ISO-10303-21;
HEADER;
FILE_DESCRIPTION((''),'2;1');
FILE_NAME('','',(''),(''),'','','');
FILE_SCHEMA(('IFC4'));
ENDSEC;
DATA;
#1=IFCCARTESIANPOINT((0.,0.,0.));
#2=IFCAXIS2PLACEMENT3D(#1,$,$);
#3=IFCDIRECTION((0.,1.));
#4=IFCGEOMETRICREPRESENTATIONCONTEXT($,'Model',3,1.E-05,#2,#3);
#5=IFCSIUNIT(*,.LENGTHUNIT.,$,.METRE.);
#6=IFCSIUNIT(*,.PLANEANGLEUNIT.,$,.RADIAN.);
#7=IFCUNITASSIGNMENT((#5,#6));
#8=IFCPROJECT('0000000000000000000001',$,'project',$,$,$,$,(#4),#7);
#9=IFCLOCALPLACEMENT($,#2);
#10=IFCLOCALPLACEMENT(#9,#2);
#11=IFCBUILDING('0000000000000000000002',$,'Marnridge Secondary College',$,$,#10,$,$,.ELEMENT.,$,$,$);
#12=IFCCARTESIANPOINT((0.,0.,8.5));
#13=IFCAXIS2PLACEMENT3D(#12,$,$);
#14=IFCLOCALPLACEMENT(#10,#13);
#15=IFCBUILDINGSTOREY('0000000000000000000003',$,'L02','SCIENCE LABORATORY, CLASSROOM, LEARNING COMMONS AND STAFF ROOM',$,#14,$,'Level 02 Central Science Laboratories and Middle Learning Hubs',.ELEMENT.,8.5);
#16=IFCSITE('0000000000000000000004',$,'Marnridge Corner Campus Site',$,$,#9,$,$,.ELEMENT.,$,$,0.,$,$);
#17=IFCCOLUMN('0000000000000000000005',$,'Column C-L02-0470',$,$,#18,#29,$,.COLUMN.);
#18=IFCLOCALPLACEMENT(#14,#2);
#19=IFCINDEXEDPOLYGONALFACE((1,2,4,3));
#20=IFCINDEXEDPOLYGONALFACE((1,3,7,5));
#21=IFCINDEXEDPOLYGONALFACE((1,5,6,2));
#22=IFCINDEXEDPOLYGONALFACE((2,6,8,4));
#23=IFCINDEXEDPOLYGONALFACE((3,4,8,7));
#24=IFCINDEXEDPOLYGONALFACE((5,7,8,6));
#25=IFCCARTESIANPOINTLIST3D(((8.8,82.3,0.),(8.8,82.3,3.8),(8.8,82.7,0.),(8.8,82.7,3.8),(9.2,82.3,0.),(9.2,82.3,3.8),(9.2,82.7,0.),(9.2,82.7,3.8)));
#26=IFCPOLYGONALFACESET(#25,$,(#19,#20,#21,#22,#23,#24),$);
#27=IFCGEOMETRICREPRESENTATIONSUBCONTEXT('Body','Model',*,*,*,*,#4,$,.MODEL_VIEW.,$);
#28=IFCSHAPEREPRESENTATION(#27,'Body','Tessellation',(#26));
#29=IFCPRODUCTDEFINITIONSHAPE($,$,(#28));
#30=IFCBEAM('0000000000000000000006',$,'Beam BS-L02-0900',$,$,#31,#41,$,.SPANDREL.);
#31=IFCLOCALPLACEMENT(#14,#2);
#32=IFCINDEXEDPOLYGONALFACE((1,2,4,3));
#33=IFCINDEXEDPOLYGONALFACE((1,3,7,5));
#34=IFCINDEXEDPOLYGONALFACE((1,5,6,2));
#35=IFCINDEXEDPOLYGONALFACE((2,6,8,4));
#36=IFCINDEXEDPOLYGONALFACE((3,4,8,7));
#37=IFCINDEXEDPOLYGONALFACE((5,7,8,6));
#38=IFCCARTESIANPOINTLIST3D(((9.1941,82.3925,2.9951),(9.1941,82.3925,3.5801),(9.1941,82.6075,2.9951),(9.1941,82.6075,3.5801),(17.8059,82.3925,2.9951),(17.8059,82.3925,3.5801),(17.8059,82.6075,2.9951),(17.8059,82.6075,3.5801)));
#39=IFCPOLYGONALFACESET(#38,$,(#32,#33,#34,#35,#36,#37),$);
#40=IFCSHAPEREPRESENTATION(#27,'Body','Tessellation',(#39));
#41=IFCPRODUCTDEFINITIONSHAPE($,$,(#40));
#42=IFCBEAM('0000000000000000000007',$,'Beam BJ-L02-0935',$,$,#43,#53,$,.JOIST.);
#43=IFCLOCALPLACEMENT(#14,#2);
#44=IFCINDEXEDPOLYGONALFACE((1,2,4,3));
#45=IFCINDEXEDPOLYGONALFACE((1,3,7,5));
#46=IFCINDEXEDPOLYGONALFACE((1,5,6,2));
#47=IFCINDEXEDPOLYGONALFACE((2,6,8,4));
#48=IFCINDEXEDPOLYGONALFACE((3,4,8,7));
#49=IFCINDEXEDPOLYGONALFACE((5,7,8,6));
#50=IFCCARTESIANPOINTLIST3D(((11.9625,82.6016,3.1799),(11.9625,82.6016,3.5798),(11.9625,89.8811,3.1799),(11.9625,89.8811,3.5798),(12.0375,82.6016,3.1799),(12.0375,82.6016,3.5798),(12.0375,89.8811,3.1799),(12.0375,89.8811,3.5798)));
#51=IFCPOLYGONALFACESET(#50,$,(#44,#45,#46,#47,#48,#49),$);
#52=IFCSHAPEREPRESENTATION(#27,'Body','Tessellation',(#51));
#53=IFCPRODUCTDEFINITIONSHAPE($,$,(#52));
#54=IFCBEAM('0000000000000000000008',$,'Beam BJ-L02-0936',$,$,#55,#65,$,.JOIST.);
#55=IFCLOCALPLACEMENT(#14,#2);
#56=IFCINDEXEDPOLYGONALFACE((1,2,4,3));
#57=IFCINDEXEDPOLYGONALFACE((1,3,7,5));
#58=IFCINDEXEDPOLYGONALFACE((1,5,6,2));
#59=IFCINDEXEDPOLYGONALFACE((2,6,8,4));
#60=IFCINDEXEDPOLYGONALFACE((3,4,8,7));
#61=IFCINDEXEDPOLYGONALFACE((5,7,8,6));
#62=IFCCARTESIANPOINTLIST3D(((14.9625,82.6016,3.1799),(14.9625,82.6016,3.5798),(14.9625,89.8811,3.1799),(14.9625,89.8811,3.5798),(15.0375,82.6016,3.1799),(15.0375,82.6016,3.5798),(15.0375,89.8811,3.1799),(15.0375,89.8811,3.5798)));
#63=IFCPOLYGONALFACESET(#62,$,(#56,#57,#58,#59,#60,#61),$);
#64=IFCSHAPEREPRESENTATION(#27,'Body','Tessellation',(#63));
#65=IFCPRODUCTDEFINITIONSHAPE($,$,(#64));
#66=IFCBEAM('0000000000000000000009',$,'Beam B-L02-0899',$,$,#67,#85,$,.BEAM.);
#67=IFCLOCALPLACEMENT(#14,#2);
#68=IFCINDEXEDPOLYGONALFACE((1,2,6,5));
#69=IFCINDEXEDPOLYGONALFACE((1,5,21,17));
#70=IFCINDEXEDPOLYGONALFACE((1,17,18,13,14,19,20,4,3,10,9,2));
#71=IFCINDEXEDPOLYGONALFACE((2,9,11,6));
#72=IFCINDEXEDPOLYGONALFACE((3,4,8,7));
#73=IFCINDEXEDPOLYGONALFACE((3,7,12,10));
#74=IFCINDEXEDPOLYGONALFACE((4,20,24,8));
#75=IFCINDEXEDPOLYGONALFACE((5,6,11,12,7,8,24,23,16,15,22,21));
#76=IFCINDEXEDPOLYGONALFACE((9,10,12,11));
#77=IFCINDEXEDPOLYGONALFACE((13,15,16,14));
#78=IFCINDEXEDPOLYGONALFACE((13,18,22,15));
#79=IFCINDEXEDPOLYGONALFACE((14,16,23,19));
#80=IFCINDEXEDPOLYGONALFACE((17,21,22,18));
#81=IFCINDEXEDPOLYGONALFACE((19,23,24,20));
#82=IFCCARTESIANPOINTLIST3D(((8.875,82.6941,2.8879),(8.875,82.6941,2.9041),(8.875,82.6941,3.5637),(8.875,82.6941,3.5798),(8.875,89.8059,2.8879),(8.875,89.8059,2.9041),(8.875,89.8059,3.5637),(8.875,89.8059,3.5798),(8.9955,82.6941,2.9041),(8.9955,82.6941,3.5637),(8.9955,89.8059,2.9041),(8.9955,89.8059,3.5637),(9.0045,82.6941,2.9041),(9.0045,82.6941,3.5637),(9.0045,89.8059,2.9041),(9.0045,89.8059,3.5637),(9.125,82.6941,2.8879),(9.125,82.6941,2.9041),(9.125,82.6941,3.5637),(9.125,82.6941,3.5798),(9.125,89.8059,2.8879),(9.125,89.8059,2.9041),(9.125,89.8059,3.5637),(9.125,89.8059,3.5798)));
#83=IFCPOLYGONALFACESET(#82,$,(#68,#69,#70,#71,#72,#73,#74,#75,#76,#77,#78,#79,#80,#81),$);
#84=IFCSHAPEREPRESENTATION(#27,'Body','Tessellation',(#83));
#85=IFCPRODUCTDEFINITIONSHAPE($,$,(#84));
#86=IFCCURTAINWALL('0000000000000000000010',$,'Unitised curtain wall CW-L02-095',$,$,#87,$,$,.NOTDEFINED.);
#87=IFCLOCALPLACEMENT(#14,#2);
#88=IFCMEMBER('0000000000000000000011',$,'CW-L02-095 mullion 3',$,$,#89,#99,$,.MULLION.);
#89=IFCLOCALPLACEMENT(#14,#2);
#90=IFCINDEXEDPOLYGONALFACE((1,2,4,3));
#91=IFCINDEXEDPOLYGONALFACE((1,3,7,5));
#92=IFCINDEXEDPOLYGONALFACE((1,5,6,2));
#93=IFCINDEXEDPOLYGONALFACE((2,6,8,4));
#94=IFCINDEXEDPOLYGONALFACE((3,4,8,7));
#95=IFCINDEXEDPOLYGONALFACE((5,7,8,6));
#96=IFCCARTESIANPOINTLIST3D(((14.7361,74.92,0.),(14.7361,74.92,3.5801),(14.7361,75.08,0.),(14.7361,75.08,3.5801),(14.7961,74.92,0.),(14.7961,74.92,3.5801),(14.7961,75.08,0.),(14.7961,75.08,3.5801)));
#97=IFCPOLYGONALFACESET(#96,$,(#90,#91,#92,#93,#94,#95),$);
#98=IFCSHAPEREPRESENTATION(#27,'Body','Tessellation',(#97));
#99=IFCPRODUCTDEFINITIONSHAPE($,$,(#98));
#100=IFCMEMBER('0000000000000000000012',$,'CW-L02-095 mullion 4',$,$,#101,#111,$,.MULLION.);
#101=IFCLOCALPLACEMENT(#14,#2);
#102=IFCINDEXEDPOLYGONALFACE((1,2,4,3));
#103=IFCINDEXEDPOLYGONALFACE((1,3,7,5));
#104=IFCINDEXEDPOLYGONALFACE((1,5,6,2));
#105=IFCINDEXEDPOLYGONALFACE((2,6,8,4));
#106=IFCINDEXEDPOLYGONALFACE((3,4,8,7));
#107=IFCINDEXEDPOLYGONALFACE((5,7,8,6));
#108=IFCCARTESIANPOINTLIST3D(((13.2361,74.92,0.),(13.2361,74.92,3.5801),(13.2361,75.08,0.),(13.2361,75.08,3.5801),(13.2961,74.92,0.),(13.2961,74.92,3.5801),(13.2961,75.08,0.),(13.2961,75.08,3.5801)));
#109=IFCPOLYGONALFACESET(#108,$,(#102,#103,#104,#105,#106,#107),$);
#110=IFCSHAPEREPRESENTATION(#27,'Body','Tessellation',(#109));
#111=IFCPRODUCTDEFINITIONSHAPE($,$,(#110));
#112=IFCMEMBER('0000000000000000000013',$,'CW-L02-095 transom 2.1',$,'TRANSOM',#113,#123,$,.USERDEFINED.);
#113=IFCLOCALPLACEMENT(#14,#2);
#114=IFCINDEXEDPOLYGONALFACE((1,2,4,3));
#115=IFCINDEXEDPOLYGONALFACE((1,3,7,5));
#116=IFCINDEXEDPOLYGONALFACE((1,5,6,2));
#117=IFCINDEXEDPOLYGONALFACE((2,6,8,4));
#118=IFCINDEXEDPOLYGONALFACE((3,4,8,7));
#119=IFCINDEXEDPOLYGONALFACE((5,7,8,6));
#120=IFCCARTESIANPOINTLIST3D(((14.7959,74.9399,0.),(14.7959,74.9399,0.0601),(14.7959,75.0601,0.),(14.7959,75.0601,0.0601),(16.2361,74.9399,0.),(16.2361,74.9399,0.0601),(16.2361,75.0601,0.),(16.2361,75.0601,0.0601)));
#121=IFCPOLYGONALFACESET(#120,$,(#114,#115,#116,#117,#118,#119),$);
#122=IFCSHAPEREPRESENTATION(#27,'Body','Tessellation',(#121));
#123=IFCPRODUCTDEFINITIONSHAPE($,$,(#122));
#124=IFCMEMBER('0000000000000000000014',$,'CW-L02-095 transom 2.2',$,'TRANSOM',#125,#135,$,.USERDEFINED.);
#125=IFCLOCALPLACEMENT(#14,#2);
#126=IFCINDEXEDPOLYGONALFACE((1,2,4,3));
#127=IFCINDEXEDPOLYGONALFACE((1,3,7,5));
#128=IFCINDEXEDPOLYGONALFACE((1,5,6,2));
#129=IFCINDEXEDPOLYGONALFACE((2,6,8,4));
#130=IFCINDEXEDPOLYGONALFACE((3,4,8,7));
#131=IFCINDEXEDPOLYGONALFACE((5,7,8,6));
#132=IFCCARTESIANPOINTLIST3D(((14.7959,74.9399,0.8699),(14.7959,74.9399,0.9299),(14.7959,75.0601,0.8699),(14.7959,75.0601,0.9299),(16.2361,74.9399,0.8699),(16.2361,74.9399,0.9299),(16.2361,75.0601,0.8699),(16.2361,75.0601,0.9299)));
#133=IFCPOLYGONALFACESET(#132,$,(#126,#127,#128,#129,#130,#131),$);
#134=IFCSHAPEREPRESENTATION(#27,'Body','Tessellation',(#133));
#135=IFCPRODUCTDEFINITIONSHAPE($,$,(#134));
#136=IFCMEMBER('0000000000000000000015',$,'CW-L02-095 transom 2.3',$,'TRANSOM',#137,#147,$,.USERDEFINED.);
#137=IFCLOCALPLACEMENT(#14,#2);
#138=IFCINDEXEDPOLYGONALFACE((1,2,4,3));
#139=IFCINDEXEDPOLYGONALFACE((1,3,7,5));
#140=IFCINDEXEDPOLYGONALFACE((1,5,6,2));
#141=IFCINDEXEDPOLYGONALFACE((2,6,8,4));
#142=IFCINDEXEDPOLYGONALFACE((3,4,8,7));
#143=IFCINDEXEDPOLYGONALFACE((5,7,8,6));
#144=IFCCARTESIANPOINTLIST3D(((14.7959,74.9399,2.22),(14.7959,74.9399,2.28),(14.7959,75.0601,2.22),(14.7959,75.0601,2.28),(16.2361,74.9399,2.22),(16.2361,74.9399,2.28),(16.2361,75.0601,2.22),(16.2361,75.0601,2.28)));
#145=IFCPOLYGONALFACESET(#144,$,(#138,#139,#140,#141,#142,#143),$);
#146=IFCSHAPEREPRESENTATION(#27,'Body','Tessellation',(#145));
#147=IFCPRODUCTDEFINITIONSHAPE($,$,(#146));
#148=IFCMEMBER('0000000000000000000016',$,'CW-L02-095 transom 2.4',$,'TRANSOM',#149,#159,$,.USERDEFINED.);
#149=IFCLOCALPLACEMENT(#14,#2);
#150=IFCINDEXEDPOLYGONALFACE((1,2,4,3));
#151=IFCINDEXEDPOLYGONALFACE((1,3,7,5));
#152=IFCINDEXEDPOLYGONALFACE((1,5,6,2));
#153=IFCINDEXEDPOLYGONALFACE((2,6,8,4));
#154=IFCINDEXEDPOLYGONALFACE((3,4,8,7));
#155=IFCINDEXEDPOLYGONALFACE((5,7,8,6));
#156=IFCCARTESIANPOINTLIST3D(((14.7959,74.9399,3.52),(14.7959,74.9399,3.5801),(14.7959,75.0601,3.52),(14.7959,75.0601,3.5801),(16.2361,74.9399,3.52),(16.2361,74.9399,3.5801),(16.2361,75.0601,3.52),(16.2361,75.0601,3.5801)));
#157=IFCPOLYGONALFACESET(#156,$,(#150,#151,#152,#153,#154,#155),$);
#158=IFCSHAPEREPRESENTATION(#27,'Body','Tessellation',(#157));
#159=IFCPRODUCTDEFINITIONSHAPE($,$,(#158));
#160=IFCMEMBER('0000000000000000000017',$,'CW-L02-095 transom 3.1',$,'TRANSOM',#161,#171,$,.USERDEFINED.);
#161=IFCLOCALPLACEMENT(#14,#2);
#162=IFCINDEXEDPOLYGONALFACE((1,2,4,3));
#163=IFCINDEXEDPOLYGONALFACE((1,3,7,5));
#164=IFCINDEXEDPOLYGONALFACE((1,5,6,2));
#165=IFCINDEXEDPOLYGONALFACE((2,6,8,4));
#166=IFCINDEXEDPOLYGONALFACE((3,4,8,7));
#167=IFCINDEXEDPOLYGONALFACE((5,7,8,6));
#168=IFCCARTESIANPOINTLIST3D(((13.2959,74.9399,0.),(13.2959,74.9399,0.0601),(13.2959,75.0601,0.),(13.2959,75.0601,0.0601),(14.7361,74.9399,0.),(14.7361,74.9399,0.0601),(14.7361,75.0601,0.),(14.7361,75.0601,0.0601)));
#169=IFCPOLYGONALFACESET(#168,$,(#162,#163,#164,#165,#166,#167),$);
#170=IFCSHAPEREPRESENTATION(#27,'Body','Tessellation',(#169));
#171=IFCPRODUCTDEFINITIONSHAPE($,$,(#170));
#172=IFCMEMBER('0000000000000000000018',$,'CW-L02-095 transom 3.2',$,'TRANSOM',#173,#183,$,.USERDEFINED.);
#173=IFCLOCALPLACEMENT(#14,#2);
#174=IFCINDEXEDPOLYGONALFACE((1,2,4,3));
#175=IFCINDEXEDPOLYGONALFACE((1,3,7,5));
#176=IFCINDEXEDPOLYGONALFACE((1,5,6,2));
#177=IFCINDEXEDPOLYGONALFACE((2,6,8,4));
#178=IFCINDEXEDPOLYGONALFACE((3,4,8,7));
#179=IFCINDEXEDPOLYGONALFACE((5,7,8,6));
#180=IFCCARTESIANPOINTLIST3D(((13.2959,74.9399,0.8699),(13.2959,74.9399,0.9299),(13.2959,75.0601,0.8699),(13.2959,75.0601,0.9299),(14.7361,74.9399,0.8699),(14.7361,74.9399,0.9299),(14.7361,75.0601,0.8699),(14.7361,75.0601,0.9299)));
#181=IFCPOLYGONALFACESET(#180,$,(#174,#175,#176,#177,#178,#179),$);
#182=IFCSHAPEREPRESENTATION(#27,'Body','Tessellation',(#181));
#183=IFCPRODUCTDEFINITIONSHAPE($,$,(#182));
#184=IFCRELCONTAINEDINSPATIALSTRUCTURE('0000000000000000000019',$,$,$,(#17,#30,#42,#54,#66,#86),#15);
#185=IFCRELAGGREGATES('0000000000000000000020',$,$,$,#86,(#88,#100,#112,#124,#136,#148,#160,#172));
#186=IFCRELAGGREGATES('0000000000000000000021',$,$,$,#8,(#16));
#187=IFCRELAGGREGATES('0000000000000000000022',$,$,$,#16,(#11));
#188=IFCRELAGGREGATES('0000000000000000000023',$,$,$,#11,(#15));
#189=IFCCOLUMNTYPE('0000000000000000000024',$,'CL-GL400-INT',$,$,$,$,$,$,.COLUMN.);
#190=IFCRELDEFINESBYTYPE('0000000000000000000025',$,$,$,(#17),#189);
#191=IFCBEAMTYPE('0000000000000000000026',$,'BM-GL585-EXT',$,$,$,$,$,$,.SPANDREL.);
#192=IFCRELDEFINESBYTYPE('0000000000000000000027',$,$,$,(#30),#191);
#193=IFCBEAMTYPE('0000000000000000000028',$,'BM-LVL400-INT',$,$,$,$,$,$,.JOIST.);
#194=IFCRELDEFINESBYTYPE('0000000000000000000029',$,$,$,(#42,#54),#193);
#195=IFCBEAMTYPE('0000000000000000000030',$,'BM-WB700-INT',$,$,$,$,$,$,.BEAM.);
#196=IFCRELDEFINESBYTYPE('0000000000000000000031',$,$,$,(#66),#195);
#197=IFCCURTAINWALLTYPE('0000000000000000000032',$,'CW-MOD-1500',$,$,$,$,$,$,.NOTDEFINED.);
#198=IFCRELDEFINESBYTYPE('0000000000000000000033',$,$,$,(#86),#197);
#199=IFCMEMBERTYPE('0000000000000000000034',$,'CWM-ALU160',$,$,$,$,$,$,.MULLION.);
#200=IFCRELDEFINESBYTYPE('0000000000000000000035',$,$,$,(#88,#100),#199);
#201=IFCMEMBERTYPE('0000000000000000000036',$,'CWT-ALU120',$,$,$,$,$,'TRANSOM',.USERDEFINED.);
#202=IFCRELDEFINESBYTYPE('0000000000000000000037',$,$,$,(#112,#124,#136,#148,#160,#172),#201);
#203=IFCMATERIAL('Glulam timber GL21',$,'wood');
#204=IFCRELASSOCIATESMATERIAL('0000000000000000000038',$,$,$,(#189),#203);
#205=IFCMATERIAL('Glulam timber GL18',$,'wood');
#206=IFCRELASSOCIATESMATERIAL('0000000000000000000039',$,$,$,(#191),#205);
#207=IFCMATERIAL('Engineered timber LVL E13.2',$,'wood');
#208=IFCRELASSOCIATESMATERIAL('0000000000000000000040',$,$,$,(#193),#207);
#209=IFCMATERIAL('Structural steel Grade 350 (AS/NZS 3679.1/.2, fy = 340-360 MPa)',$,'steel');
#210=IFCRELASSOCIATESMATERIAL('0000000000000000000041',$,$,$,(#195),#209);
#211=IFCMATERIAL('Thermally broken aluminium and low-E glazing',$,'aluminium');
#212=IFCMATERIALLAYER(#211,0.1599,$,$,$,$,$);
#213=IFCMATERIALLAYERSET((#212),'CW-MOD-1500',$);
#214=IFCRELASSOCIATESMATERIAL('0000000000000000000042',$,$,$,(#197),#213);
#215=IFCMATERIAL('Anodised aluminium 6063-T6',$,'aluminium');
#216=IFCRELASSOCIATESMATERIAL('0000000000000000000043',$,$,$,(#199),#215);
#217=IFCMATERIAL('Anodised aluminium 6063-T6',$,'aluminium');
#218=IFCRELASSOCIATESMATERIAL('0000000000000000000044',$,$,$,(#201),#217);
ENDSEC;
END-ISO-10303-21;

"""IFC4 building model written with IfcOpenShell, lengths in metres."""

from ifc_helpers import new_model, si_unit, direction, frame, origin, origin_2d, place, context, subcontext, project, spatial, rectangle, i_section, extrude, material, layer, layer_set, material_profile, profile_set, type_object, element, aggregate, save


model = new_model("IFC4")

# Units and contexts
model_context = context("Model", 3, precision=1e-05, world=origin(), true_north=direction((0.0, 1.0)))
body_context = subcontext(model_context, "Body", "Model", "MODEL_VIEW")
ifc_project = project(units=[si_unit("LENGTHUNIT", "METRE"), si_unit("PLANEANGLEUNIT", "RADIAN")], contexts=[model_context])

# Site, building, storey
site_placement = place(None, origin())
site = spatial("IfcSite", under=ifc_project, at=site_placement, Name="Marnridge Corner Campus Site", CompositionType="ELEMENT", RefElevation=0.0)
building_placement = place(site_placement, origin())
building = spatial("IfcBuilding", under=site, at=building_placement, Name="Marnridge Secondary College", CompositionType="ELEMENT")
storey_placement = place(building_placement, frame((0.0, 0.0, 8.5)))
storey = spatial("IfcBuildingStorey", under=building, at=storey_placement, Name="L02", Description="SCIENCE LABORATORY, CLASSROOM, LEARNING COMMONS AND STAFF ROOM", LongName="Level 02 Central Science Laboratories and Middle Learning Hubs", CompositionType="ELEMENT", Elevation=8.5)

# Column
ifc_material_1 = material(Name="Glulam timber GL21", Category="wood")
ifc_material_profile_1 = material_profile(ifc_material_1, rectangle(XDim=0.3999, YDim=0.3999, at=origin_2d()), Name="GL21 400x400")
ifc_profile_set_1 = profile_set([ifc_material_profile_1], Name="Glulam timber GL21")
column_type = type_object("IfcColumnType", Name="CL-GL400-INT", PredefinedType="COLUMN", material=ifc_profile_set_1)
column_placement = place(storey_placement, frame((9.0, 82.5, 0.0), z_axis=(0.0, 0.0, 1.0), x_axis=(1.0, 0.0, 0.0)))
element("IfcColumn", 1, at=column_placement, inside=storey, type_object=column_type, Name="Column C-L02-0470", PredefinedType="COLUMN", context=body_context, shape_type="SweptSolid", body=[
    extrude(rectangle(XDim=0.3999, YDim=0.3999, at=origin_2d()), origin(), (0.0, 0.0, 1.0), 3.8),
])

# Beams
ifc_material_2 = material(Name="Glulam timber GL18", Category="wood")
ifc_material_profile_2 = material_profile(ifc_material_2, rectangle(XDim=0.2151, YDim=0.585, at=origin_2d()), Name="GL18 215x585")
ifc_profile_set_2 = profile_set([ifc_material_profile_2], Name="Glulam timber GL18")
beam_type_1 = type_object("IfcBeamType", Name="BM-GL585-EXT", PredefinedType="SPANDREL", material=ifc_profile_set_2)
beam_1_placement = place(storey_placement, frame((9.1941, 82.5, 3.2876), z_axis=(1.0, 0.0, 0.0), x_axis=(0.0, 1.0, 0.0)))
element("IfcBeam", 2, at=beam_1_placement, inside=storey, type_object=beam_type_1, Name="Beam BS-L02-0900", PredefinedType="SPANDREL", context=body_context, shape_type="SweptSolid", body=[
    extrude(rectangle(XDim=0.2151, YDim=0.585, at=origin_2d()), origin(), (0.0, 0.0, 1.0), 8.6118),
])
ifc_material_3 = material(Name="Engineered timber LVL E13.2", Category="wood")
ifc_material_profile_3 = material_profile(ifc_material_3, rectangle(XDim=0.075, YDim=0.3999, at=origin_2d()), Name="LVL 75x400")
ifc_profile_set_3 = profile_set([ifc_material_profile_3], Name="Engineered timber LVL E13.2")
beam_type_2 = type_object("IfcBeamType", Name="BM-LVL400-INT", PredefinedType="JOIST", material=ifc_profile_set_3)
for number, where, z_axis, x_axis, name in (
    (3, (12.0, 82.6016, 3.3799), (0.0, 1.0, 0.0), (-1.0, 0.0, 0.0), "Beam BJ-L02-0935"),
    (4, (15.0, 82.6016, 3.3799), (0.0, 1.0, 0.0), (-1.0, 0.0, 0.0), "Beam BJ-L02-0936"),
):
    element("IfcBeam", number, at=place(storey_placement, frame(where, z_axis=z_axis, x_axis=x_axis)), inside=storey, type_object=beam_type_2, Name=name, PredefinedType="JOIST", context=body_context, shape_type="SweptSolid", body=[
        extrude(rectangle(XDim=0.075, YDim=0.3999, at=origin_2d()), origin(), (0.0, 0.0, 1.0), 7.2795),
    ])
ifc_material_4 = material(Name="Structural steel Grade 350 (AS/NZS 3679.1/.2, fy = 340-360 MPa)", Category="steel")
ifc_material_profile_4 = material_profile(ifc_material_4, i_section(OverallWidth=0.25, OverallDepth=0.6919, WebThickness=0.009, FlangeThickness=0.0161, at=origin_2d()), Name="700WB115")
ifc_profile_set_4 = profile_set([ifc_material_profile_4], Name="Structural steel Grade 350 (AS/NZS 3679.1/.2, fy = 340-360 MPa)")
beam_type_3 = type_object("IfcBeamType", Name="BM-WB700-INT", PredefinedType="BEAM", material=ifc_profile_set_4)
beam_2_placement = place(storey_placement, frame((9.0, 82.6941, 3.2339), z_axis=(0.0, 1.0, 0.0), x_axis=(-1.0, 0.0, 0.0)))
element("IfcBeam", 5, at=beam_2_placement, inside=storey, type_object=beam_type_3, Name="Beam B-L02-0899", PredefinedType="BEAM", context=body_context, shape_type="SweptSolid", body=[
    extrude(i_section(OverallWidth=0.25, OverallDepth=0.6919, WebThickness=0.009, FlangeThickness=0.0161, at=origin_2d()), origin(), (0.0, 0.0, 1.0), 7.1118),
])

# Curtain wall, members
ifc_material_5 = material(Name="Thermally broken aluminium and low-E glazing", Category="aluminium")
ifc_layer_1 = layer(ifc_material_5, 0.1599)
ifc_layer_set_1 = layer_set([ifc_layer_1], Name="CW-MOD-1500")
curtain_wall_type = type_object("IfcCurtainWallType", Name="CW-MOD-1500", PredefinedType="NOTDEFINED", material=ifc_layer_set_1)
curtain_wall_placement = place(storey_placement, origin())
curtain_wall = element("IfcCurtainWall", 6, at=curtain_wall_placement, inside=storey, type_object=curtain_wall_type, Name="Unitised curtain wall CW-L02-095", PredefinedType="NOTDEFINED")
ifc_material_6 = material(Name="Anodised aluminium 6063-T6", Category="aluminium")
ifc_material_profile_5 = material_profile(ifc_material_6, rectangle(XDim=0.0601, YDim=0.1599, at=origin_2d()), Name="ALU 60x160")
ifc_profile_set_5 = profile_set([ifc_material_profile_5], Name="Anodised aluminium 6063-T6")
member_type_1 = type_object("IfcMemberType", Name="CWM-ALU160", PredefinedType="MULLION", material=ifc_profile_set_5)
member_1_placement = place(storey_placement, frame((14.7661, 75.0, 0.0), z_axis=(0.0, 0.0, 1.0), x_axis=(-1.0, 0.0, 0.0)))
member_1 = element("IfcMember", 7, at=member_1_placement, type_object=member_type_1, Name="CW-L02-095 mullion 3", PredefinedType="MULLION", context=body_context, shape_type="SweptSolid", body=[
    extrude(rectangle(XDim=0.0601, YDim=0.1599, at=origin_2d()), origin(), (0.0, 0.0, 1.0), 3.5801),
])
member_2_placement = place(storey_placement, frame((13.2661, 75.0, 0.0), z_axis=(0.0, 0.0, 1.0), x_axis=(-1.0, 0.0, 0.0)))
member_2 = element("IfcMember", 8, at=member_2_placement, type_object=member_type_1, Name="CW-L02-095 mullion 4", PredefinedType="MULLION", context=body_context, shape_type="SweptSolid", body=[
    extrude(rectangle(XDim=0.0601, YDim=0.1599, at=origin_2d()), origin(), (0.0, 0.0, 1.0), 3.5801),
])
ifc_material_7 = material(Name="Anodised aluminium 6063-T6", Category="aluminium")
ifc_material_profile_6 = material_profile(ifc_material_7, rectangle(XDim=0.0601, YDim=0.1201, at=origin_2d()), Name="ALU 60x120")
ifc_profile_set_6 = profile_set([ifc_material_profile_6], Name="Anodised aluminium 6063-T6")
member_type_2 = type_object("IfcMemberType", Name="CWT-ALU120", ElementType="TRANSOM", PredefinedType="USERDEFINED", material=ifc_profile_set_6)
member_3_placement = place(storey_placement, frame((16.2361, 75.0, 0.03), z_axis=(-1.0, 0.0, 0.0), x_axis=(0.0, 0.0, 1.0)))
member_3 = element("IfcMember", 9, at=member_3_placement, type_object=member_type_2, Name="CW-L02-095 transom 2.1", ObjectType="TRANSOM", PredefinedType="USERDEFINED", context=body_context, shape_type="SweptSolid", body=[
    extrude(rectangle(XDim=0.0601, YDim=0.1201, at=origin_2d()), origin(), (0.0, 0.0, 1.0), 1.4402),
])
member_4_placement = place(storey_placement, frame((16.2361, 75.0, 0.8999), z_axis=(-1.0, 0.0, 0.0), x_axis=(0.0, 0.0, 1.0)))
member_4 = element("IfcMember", 10, at=member_4_placement, type_object=member_type_2, Name="CW-L02-095 transom 2.2", ObjectType="TRANSOM", PredefinedType="USERDEFINED", context=body_context, shape_type="SweptSolid", body=[
    extrude(rectangle(XDim=0.0601, YDim=0.1201, at=origin_2d()), origin(), (0.0, 0.0, 1.0), 1.4402),
])
member_5_placement = place(storey_placement, frame((16.2361, 75.0, 2.25), z_axis=(-1.0, 0.0, 0.0), x_axis=(0.0, 0.0, 1.0)))
member_5 = element("IfcMember", 11, at=member_5_placement, type_object=member_type_2, Name="CW-L02-095 transom 2.3", ObjectType="TRANSOM", PredefinedType="USERDEFINED", context=body_context, shape_type="SweptSolid", body=[
    extrude(rectangle(XDim=0.0601, YDim=0.1201, at=origin_2d()), origin(), (0.0, 0.0, 1.0), 1.4402),
])
member_6_placement = place(storey_placement, frame((16.2361, 75.0, 3.55), z_axis=(-1.0, 0.0, 0.0), x_axis=(0.0, 0.0, 1.0)))
member_6 = element("IfcMember", 12, at=member_6_placement, type_object=member_type_2, Name="CW-L02-095 transom 2.4", ObjectType="TRANSOM", PredefinedType="USERDEFINED", context=body_context, shape_type="SweptSolid", body=[
    extrude(rectangle(XDim=0.0601, YDim=0.1201, at=origin_2d()), origin(), (0.0, 0.0, 1.0), 1.4402),
])
member_7_placement = place(storey_placement, frame((14.7361, 75.0, 0.03), z_axis=(-1.0, 0.0, 0.0), x_axis=(0.0, 0.0, 1.0)))
member_7 = element("IfcMember", 13, at=member_7_placement, type_object=member_type_2, Name="CW-L02-095 transom 3.1", ObjectType="TRANSOM", PredefinedType="USERDEFINED", context=body_context, shape_type="SweptSolid", body=[
    extrude(rectangle(XDim=0.0601, YDim=0.1201, at=origin_2d()), origin(), (0.0, 0.0, 1.0), 1.4402),
])
member_8_placement = place(storey_placement, frame((14.7361, 75.0, 0.8999), z_axis=(-1.0, 0.0, 0.0), x_axis=(0.0, 0.0, 1.0)))
member_8 = element("IfcMember", 14, at=member_8_placement, type_object=member_type_2, Name="CW-L02-095 transom 3.2", ObjectType="TRANSOM", PredefinedType="USERDEFINED", context=body_context, shape_type="SweptSolid", body=[
    extrude(rectangle(XDim=0.0601, YDim=0.1201, at=origin_2d()), origin(), (0.0, 0.0, 1.0), 1.4402),
])
aggregate(curtain_wall, [member_1, member_2, member_3, member_4, member_5, member_6, member_7, member_8])

save(model, "model.ifc")
